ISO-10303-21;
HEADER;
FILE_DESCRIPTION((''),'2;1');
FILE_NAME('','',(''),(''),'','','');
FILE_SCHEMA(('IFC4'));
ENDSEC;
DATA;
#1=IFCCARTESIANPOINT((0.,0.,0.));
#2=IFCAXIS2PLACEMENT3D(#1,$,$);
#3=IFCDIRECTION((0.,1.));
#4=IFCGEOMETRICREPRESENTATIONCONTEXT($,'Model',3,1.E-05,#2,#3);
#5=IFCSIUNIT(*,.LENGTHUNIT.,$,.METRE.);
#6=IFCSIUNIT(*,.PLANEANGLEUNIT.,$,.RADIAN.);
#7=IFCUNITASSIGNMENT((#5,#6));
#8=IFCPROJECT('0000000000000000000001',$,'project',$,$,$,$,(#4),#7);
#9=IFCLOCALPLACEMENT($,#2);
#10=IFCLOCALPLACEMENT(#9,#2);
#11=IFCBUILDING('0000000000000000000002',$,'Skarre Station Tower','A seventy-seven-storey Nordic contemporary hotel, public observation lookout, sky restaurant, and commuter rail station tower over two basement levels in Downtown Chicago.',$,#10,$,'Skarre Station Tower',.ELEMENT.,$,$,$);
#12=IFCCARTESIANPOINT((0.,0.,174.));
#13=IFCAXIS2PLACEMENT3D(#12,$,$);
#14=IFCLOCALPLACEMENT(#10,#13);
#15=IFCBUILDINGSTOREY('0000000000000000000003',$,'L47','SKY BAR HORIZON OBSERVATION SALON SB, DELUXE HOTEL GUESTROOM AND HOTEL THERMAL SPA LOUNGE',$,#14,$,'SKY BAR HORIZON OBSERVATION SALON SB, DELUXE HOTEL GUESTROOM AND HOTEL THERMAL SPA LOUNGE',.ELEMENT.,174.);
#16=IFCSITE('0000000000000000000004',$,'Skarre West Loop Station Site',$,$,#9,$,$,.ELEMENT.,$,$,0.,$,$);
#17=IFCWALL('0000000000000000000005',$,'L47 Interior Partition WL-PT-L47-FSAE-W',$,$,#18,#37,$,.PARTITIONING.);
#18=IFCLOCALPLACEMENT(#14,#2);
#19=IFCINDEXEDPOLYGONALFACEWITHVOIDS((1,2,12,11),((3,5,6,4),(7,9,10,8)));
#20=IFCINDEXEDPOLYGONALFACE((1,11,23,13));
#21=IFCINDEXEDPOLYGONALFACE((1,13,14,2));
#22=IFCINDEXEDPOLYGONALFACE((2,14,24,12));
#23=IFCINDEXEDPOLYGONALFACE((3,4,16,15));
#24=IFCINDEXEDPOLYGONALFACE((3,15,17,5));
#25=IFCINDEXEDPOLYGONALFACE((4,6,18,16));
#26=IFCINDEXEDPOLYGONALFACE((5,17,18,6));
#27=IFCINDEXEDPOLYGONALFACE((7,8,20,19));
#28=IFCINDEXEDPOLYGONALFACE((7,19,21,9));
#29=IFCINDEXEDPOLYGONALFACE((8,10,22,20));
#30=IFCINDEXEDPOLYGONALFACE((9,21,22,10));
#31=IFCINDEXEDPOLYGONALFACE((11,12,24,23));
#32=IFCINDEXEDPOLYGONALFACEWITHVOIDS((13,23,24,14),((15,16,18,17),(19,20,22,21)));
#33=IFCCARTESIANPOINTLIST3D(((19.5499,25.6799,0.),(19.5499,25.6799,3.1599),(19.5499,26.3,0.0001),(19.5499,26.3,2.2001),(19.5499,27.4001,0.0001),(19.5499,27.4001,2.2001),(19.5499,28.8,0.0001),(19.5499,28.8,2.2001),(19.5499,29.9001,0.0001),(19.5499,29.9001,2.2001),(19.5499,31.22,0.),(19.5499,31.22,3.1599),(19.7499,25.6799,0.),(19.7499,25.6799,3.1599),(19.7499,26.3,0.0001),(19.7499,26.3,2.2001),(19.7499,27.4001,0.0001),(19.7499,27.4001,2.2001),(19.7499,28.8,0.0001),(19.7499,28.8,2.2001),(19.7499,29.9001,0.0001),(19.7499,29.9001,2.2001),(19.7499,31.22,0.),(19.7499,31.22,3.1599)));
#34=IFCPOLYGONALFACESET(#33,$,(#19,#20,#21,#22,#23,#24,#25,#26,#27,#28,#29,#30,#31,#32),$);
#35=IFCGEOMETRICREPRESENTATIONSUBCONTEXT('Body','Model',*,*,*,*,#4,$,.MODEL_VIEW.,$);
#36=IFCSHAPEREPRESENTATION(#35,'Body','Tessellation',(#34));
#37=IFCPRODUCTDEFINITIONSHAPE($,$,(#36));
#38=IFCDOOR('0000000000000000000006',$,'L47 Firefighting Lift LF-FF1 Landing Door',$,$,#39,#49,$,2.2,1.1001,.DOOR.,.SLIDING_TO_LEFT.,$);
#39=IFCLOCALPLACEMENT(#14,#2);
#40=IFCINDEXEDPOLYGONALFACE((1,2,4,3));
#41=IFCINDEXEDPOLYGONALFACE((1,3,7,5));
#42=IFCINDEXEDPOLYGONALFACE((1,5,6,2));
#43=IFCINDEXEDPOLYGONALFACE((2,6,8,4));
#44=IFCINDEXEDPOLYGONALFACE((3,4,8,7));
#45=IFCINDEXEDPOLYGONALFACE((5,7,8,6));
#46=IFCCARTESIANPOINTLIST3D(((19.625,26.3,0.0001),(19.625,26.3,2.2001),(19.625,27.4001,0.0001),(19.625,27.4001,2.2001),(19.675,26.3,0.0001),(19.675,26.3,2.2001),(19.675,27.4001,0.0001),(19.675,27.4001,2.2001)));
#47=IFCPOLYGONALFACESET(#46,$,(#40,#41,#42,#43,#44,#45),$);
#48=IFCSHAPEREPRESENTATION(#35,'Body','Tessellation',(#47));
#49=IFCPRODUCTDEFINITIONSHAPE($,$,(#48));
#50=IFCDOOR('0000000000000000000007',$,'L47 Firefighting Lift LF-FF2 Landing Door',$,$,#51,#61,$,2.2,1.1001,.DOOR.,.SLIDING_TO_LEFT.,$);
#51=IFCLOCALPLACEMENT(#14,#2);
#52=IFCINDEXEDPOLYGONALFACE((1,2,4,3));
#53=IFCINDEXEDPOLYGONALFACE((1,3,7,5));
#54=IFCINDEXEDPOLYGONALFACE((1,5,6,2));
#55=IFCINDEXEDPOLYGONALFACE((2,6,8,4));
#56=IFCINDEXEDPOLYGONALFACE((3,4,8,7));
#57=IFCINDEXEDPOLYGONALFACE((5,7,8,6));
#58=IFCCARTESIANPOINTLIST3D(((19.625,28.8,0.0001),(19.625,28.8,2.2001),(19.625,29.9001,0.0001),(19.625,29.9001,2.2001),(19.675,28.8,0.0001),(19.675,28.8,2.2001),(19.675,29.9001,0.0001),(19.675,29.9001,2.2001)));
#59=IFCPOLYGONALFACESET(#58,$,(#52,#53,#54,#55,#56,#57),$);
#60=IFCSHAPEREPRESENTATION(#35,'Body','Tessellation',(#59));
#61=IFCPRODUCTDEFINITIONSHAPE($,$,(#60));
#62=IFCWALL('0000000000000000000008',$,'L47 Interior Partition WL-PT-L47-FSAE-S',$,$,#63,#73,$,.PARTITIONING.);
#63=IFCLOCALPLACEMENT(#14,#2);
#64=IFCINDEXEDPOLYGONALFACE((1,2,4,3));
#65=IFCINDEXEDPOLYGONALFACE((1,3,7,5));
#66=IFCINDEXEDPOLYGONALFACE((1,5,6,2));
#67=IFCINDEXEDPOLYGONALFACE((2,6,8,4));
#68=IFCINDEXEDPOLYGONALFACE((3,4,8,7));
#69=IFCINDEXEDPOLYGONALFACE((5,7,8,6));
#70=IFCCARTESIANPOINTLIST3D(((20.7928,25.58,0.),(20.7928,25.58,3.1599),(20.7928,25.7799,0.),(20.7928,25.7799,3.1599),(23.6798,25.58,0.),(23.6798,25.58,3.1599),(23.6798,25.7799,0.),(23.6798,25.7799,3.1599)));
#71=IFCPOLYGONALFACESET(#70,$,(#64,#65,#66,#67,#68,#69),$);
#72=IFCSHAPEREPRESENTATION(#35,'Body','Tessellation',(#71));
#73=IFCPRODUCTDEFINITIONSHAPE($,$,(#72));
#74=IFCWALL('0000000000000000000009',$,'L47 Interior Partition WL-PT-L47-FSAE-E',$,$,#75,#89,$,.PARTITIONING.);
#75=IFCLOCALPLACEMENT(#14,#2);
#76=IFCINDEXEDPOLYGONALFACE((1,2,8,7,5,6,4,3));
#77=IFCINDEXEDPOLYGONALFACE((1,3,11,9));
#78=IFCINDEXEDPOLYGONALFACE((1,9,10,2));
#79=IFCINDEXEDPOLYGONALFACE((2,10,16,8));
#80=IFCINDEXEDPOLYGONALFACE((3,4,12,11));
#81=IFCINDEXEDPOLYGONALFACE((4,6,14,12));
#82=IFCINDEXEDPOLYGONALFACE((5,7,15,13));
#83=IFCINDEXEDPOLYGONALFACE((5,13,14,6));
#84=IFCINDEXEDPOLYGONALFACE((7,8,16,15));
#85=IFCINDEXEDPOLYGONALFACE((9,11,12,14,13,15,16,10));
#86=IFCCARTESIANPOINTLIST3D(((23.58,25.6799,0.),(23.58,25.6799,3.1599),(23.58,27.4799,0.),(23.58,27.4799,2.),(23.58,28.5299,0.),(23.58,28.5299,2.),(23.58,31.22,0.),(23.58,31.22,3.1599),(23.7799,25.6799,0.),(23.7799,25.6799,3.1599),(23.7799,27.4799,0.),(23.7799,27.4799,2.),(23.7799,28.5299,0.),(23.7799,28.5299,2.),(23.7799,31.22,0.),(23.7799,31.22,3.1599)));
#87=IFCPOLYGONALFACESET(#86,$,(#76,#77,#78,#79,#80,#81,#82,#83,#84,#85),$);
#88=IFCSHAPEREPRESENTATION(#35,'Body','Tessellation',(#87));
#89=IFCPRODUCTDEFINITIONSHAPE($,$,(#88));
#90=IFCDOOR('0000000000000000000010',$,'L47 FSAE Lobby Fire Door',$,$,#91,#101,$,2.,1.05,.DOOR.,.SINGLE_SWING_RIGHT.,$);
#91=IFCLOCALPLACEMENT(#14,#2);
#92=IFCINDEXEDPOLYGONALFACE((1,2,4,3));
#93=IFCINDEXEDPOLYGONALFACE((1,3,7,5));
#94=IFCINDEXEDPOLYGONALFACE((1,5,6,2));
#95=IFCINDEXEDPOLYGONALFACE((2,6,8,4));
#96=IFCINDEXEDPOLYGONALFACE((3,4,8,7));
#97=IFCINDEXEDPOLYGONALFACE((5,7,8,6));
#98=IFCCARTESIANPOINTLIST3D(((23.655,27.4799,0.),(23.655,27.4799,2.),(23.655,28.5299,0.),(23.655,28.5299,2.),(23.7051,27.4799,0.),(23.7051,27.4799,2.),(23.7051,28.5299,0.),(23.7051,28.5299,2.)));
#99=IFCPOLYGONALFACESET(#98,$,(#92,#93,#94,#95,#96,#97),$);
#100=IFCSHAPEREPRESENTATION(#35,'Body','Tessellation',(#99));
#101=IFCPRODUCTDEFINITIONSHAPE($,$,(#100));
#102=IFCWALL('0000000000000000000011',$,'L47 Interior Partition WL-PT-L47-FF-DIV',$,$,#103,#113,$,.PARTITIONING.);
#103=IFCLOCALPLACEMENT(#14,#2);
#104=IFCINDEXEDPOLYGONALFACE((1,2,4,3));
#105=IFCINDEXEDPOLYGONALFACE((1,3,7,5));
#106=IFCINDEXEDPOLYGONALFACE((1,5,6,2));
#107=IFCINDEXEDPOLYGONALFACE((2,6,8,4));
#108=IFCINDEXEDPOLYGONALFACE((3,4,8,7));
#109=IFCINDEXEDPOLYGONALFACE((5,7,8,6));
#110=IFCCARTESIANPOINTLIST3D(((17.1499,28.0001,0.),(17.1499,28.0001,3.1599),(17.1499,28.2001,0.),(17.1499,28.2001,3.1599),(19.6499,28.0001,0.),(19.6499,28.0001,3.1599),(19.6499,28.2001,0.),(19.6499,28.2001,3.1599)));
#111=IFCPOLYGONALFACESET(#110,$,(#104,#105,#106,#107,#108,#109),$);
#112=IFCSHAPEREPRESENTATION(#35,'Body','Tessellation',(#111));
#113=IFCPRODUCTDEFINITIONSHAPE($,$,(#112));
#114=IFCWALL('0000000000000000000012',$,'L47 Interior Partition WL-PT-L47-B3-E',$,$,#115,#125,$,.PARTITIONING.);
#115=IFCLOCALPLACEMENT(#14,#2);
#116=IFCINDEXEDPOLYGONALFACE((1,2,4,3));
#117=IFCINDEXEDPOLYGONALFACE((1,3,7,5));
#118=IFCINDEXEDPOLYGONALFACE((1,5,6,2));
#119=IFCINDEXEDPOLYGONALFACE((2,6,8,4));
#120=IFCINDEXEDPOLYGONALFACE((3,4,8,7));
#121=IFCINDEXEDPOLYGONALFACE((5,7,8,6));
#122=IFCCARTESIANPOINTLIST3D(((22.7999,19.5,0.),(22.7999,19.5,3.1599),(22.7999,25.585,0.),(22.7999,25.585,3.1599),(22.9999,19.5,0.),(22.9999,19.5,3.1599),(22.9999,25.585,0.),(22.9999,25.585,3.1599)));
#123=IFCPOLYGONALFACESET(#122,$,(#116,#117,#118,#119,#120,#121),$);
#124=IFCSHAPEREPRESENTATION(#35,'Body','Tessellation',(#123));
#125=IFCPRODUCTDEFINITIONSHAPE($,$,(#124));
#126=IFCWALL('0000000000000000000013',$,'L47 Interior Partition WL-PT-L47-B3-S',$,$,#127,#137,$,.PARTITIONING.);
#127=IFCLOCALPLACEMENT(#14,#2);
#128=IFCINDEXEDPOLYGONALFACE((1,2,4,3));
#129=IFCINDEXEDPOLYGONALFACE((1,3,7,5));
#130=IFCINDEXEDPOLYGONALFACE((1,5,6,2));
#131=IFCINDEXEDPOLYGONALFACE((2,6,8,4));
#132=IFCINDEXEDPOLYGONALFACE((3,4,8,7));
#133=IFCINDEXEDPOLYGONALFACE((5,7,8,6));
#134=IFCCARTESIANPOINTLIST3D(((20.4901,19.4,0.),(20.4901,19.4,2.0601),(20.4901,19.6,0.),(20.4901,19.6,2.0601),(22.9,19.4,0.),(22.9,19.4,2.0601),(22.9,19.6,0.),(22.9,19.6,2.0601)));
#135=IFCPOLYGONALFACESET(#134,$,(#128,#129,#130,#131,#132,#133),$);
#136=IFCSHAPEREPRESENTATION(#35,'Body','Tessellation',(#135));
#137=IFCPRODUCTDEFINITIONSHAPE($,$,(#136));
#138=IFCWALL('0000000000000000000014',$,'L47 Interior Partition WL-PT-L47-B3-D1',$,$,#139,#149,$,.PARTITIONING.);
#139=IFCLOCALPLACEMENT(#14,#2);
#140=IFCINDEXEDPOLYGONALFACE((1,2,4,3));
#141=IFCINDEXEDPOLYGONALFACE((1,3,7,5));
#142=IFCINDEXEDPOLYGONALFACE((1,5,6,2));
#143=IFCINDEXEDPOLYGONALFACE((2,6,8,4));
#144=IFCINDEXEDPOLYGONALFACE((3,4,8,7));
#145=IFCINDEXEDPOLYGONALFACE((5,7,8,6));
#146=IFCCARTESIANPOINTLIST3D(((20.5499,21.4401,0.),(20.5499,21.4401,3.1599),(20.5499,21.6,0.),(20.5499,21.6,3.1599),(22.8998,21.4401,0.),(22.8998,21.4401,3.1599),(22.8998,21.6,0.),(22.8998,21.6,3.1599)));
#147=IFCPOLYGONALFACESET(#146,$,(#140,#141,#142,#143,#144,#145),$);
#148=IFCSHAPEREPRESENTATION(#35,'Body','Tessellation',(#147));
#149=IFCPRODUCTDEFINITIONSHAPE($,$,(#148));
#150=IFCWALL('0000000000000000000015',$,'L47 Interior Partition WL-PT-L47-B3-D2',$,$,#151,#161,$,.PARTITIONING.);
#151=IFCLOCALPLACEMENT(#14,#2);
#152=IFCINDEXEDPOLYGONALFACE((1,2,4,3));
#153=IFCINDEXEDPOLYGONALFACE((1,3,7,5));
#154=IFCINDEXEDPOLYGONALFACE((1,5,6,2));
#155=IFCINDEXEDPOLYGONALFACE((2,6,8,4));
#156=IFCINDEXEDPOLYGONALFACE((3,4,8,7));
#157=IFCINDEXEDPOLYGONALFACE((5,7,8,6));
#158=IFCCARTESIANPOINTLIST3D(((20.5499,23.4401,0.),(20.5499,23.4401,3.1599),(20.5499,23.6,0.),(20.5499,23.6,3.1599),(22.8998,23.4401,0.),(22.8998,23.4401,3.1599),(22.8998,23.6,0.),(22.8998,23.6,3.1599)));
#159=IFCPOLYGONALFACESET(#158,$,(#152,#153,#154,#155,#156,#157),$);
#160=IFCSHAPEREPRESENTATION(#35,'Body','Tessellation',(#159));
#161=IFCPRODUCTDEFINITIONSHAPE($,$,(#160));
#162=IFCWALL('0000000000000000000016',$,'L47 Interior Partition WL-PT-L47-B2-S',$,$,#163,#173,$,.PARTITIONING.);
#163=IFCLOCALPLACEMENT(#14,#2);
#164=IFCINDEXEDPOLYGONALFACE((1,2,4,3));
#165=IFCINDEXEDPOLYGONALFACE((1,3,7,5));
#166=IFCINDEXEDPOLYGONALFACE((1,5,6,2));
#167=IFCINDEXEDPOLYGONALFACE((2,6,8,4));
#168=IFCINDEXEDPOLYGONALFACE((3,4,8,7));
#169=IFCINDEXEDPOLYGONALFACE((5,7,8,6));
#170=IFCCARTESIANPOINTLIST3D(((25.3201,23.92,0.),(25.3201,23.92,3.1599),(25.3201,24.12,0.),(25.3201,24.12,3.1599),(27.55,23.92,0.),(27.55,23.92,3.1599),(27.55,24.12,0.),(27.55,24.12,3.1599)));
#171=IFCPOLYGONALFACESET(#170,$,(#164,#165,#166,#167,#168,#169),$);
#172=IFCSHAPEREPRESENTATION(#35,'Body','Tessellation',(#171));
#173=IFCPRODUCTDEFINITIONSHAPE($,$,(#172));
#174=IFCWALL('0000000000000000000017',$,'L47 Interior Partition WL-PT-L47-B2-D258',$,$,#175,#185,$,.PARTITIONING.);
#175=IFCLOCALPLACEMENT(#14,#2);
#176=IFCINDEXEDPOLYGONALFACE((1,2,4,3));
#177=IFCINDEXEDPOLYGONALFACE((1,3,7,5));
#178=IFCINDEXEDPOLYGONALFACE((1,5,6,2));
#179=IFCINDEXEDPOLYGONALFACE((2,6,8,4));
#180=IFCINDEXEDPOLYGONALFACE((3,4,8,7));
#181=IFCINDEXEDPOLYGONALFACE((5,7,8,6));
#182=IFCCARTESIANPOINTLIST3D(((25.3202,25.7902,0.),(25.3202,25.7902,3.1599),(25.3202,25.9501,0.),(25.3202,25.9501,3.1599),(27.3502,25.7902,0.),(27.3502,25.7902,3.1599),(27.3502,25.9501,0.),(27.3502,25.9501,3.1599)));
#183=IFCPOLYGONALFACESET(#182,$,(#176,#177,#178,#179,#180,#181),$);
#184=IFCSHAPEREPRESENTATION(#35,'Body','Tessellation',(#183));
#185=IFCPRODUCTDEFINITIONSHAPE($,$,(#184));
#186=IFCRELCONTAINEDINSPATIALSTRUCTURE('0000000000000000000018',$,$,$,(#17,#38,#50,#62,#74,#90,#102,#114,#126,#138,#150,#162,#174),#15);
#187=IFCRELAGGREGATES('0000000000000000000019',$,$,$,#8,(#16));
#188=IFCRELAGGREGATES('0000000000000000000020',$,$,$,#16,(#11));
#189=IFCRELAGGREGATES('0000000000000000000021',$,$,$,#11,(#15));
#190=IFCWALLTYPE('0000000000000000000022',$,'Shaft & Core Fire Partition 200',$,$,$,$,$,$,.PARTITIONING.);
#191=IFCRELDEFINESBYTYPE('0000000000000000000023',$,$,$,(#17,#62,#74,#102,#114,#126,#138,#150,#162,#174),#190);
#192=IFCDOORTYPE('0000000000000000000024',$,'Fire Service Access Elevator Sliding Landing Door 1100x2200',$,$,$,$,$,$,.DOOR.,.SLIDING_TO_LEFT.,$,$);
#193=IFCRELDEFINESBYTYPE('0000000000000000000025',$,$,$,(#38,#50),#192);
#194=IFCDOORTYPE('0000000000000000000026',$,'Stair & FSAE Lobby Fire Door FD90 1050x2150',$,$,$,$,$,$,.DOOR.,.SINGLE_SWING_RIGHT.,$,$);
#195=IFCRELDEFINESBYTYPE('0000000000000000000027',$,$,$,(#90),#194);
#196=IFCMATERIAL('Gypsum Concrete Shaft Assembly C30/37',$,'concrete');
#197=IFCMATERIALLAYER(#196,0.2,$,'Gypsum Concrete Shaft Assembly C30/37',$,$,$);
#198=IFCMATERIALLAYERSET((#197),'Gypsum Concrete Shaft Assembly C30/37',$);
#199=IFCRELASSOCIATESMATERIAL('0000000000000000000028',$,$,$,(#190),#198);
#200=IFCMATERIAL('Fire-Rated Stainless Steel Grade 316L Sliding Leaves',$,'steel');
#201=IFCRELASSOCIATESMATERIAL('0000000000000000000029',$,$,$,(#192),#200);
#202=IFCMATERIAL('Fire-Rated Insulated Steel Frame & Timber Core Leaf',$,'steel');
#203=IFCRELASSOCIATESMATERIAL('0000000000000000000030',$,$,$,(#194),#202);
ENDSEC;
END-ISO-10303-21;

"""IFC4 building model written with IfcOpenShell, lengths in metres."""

from ifc_helpers import new_model, si_unit, direction, frame, frame_2d, origin, place, context, subcontext, project, spatial, rectangle, extrude, material, layer, layer_set, type_object, element, fill, save


model = new_model("IFC4")

# Units and contexts
model_context = context("Model", 3, precision=1e-05, world=origin(), true_north=direction((0.0, 1.0)))
body_context = subcontext(model_context, "Body", "Model", "MODEL_VIEW")
ifc_project = project(units=[si_unit("LENGTHUNIT", "METRE"), si_unit("PLANEANGLEUNIT", "RADIAN")], contexts=[model_context])

# Site, building, storey
site_placement = place(None, origin())
site = spatial("IfcSite", under=ifc_project, at=site_placement, Name="Skarre West Loop Station Site", CompositionType="ELEMENT", RefElevation=0.0)
building_placement = place(site_placement, origin())
building = spatial("IfcBuilding", under=site, at=building_placement, Name="Skarre Station Tower", Description="A seventy-seven-storey Nordic contemporary hotel, public observation lookout, sky restaurant, and commuter rail station tower over two basement levels in Downtown Chicago.", LongName="Skarre Station Tower", CompositionType="ELEMENT")
storey_placement = place(building_placement, frame((0.0, 0.0, 174.0)))
storey = spatial("IfcBuildingStorey", under=building, at=storey_placement, Name="L47", Description="SKY BAR HORIZON OBSERVATION SALON SB, DELUXE HOTEL GUESTROOM AND HOTEL THERMAL SPA LOUNGE", LongName="SKY BAR HORIZON OBSERVATION SALON SB, DELUXE HOTEL GUESTROOM AND HOTEL THERMAL SPA LOUNGE", CompositionType="ELEMENT", Elevation=174.0)

# Wall, openings, doors
ifc_material_1 = material(Name="Gypsum Concrete Shaft Assembly C30/37", Category="concrete")
ifc_layer_1 = layer(ifc_material_1, 0.2, Name="Gypsum Concrete Shaft Assembly C30/37")
ifc_layer_set_1 = layer_set([ifc_layer_1], Name="Gypsum Concrete Shaft Assembly C30/37")
wall_type_1 = type_object("IfcWallType", Name="Shaft & Core Fire Partition 200", PredefinedType="PARTITIONING", material=ifc_layer_set_1)
wall_1_placement = place(storey_placement, frame((19.6499, 25.6799, 0.0), z_axis=(0.0, 0.0, 1.0), x_axis=(0.0, 1.0, 0.0)))
wall_1 = element("IfcWall", 1, at=wall_1_placement, inside=storey, type_object=wall_type_1, Name="L47 Interior Partition WL-PT-L47-FSAE-W", PredefinedType="PARTITIONING", context=body_context, shape_type="SweptSolid", body=[
    extrude(rectangle(XDim=5.54, YDim=0.2, at=frame_2d((2.77, 0.0))), origin(), (0.0, 0.0, 1.0), 3.1599),
])
opening_1_placement = place(wall_1_placement, frame((0.6201, 0.0, 0.0)))
opening_1 = element("IfcOpeningElement", 2, at=opening_1_placement, cuts=wall_1, PredefinedType="OPENING", context=body_context, shape_type="SweptSolid", body=[
    extrude(rectangle(XDim=1.1001, YDim=2.2, at=frame_2d((0.55, 1.1001))), frame((0.0, 0.1099, 0.0), z_axis=(0.0, -1.0, 0.0), x_axis=(1.0, 0.0, 0.0)), (0.0, 0.0, 1.0), 0.22),
])
opening_2_placement = place(wall_1_placement, frame((3.1201, 0.0, 0.0)))
opening_2 = element("IfcOpeningElement", 3, at=opening_2_placement, cuts=wall_1, PredefinedType="OPENING", context=body_context, shape_type="SweptSolid", body=[
    extrude(rectangle(XDim=1.1001, YDim=2.2, at=frame_2d((0.55, 1.1001))), frame((0.0, 0.1099, 0.0), z_axis=(0.0, -1.0, 0.0), x_axis=(1.0, 0.0, 0.0)), (0.0, 0.0, 1.0), 0.22),
])
ifc_material_2 = material(Name="Fire-Rated Stainless Steel Grade 316L Sliding Leaves", Category="steel")
door_type_1 = type_object("IfcDoorType", Name="Fire Service Access Elevator Sliding Landing Door 1100x2200", OperationType="SLIDING_TO_LEFT", PredefinedType="DOOR", material=ifc_material_2)
door_1_placement = place(opening_1_placement, origin())
door_1 = element("IfcDoor", 4, at=door_1_placement, inside=storey, type_object=door_type_1, Name="L47 Firefighting Lift LF-FF1 Landing Door", OperationType="SLIDING_TO_LEFT", OverallHeight=2.2, OverallWidth=1.1001, PredefinedType="DOOR", context=body_context, shape_type="SweptSolid", body=[
    extrude(rectangle(XDim=1.1001, YDim=2.2, at=frame_2d((0.55, 1.1001))), frame((0.0, 0.0249, 0.0), z_axis=(0.0, -1.0, 0.0), x_axis=(1.0, 0.0, 0.0)), (0.0, 0.0, 1.0), 0.05),
])
fill(opening_1, door_1)
door_2_placement = place(opening_2_placement, origin())
door_2 = element("IfcDoor", 5, at=door_2_placement, inside=storey, type_object=door_type_1, Name="L47 Firefighting Lift LF-FF2 Landing Door", OperationType="SLIDING_TO_LEFT", OverallHeight=2.2, OverallWidth=1.1001, PredefinedType="DOOR", context=body_context, shape_type="SweptSolid", body=[
    extrude(rectangle(XDim=1.1001, YDim=2.2, at=frame_2d((0.55, 1.1001))), frame((0.0, 0.0249, 0.0), z_axis=(0.0, -1.0, 0.0), x_axis=(1.0, 0.0, 0.0)), (0.0, 0.0, 1.0), 0.05),
])
fill(opening_2, door_2)

# Wall
wall_2_placement = place(storey_placement, frame((20.793, 25.6799, 0.0), z_axis=(0.0, 0.0, 1.0), x_axis=(1.0, 0.0, 0.0)))
element("IfcWall", 6, at=wall_2_placement, inside=storey, type_object=wall_type_1, Name="L47 Interior Partition WL-PT-L47-FSAE-S", PredefinedType="PARTITIONING", context=body_context, shape_type="SweptSolid", body=[
    extrude(rectangle(XDim=2.887, YDim=0.2, at=frame_2d((1.4434, 0.0))), origin(), (0.0, 0.0, 1.0), 3.1599),
])

# Wall, opening, door
wall_3_placement = place(storey_placement, frame((23.6799, 25.6799, 0.0), z_axis=(0.0, 0.0, 1.0), x_axis=(0.0, 1.0, 0.0)))
wall_3 = element("IfcWall", 7, at=wall_3_placement, inside=storey, type_object=wall_type_1, Name="L47 Interior Partition WL-PT-L47-FSAE-E", PredefinedType="PARTITIONING", context=body_context, shape_type="SweptSolid", body=[
    extrude(rectangle(XDim=5.54, YDim=0.2, at=frame_2d((2.77, 0.0))), origin(), (0.0, 0.0, 1.0), 3.1599),
])
opening_3_placement = place(wall_3_placement, frame((1.8, 0.0, 0.0)))
opening_3 = element("IfcOpeningElement", 8, at=opening_3_placement, cuts=wall_3, PredefinedType="OPENING", context=body_context, shape_type="SweptSolid", body=[
    extrude(rectangle(XDim=1.05, YDim=2.0, at=frame_2d((0.5249, 1.0))), frame((0.0, 0.1099, 0.0), z_axis=(0.0, -1.0, 0.0), x_axis=(1.0, 0.0, 0.0)), (0.0, 0.0, 1.0), 0.22),
])
ifc_material_3 = material(Name="Fire-Rated Insulated Steel Frame & Timber Core Leaf", Category="steel")
door_type_2 = type_object("IfcDoorType", Name="Stair & FSAE Lobby Fire Door FD90 1050x2150", OperationType="SINGLE_SWING_RIGHT", PredefinedType="DOOR", material=ifc_material_3)
door_3_placement = place(opening_3_placement, origin())
door_3 = element("IfcDoor", 9, at=door_3_placement, inside=storey, type_object=door_type_2, Name="L47 FSAE Lobby Fire Door", OperationType="SINGLE_SWING_RIGHT", OverallHeight=2.0, OverallWidth=1.05, PredefinedType="DOOR", context=body_context, shape_type="SweptSolid", body=[
    extrude(rectangle(XDim=1.05, YDim=2.0, at=frame_2d((0.5249, 1.0))), frame((0.0, 0.0249, 0.0), z_axis=(0.0, -1.0, 0.0), x_axis=(1.0, 0.0, 0.0)), (0.0, 0.0, 1.0), 0.05),
])
fill(opening_3, door_3)

# Walls
wall_4_placement = place(storey_placement, frame((17.1499, 28.1001, 0.0), z_axis=(0.0, 0.0, 1.0), x_axis=(1.0, 0.0, 0.0)))
element("IfcWall", 10, at=wall_4_placement, inside=storey, type_object=wall_type_1, Name="L47 Interior Partition WL-PT-L47-FF-DIV", PredefinedType="PARTITIONING", context=body_context, shape_type="SweptSolid", body=[
    extrude(rectangle(XDim=2.5, YDim=0.2, at=frame_2d((1.25, 0.0))), origin(), (0.0, 0.0, 1.0), 3.1599),
])
wall_5_placement = place(storey_placement, frame((22.8999, 19.5, 0.0), z_axis=(0.0, 0.0, 1.0), x_axis=(0.0, 1.0, 0.0)))
element("IfcWall", 11, at=wall_5_placement, inside=storey, type_object=wall_type_1, Name="L47 Interior Partition WL-PT-L47-B3-E", PredefinedType="PARTITIONING", context=body_context, shape_type="SweptSolid", body=[
    extrude(rectangle(XDim=6.085, YDim=0.2, at=frame_2d((3.0425, 0.0))), origin(), (0.0, 0.0, 1.0), 3.1599),
])
wall_6_placement = place(storey_placement, frame((20.49, 19.5, 0.0), z_axis=(0.0, 0.0, 1.0), x_axis=(1.0, 0.0, 0.0)))
element("IfcWall", 12, at=wall_6_placement, inside=storey, type_object=wall_type_1, Name="L47 Interior Partition WL-PT-L47-B3-S", PredefinedType="PARTITIONING", context=body_context, shape_type="SweptSolid", body=[
    extrude(rectangle(XDim=2.4099, YDim=0.2, at=frame_2d((1.2051, 0.0))), origin(), (0.0, 0.0, 1.0), 2.0601),
])
for number, where, z_axis, x_axis, name in (
    (13, (20.55, 21.52, 0.0), (0.0, 0.0, 1.0), (1.0, 0.0, 0.0), "L47 Interior Partition WL-PT-L47-B3-D1"),
    (14, (20.55, 23.52, 0.0), (0.0, 0.0, 1.0), (1.0, 0.0, 0.0), "L47 Interior Partition WL-PT-L47-B3-D2"),
):
    element("IfcWall", number, at=place(storey_placement, frame(where, z_axis=z_axis, x_axis=x_axis)), inside=storey, type_object=wall_type_1, Name=name, PredefinedType="PARTITIONING", context=body_context, shape_type="SweptSolid", body=[
        extrude(rectangle(XDim=2.3499, YDim=0.1599, at=frame_2d((1.1748, 0.0))), origin(), (0.0, 0.0, 1.0), 3.1599),
    ])
wall_7_placement = place(storey_placement, frame((25.3201, 24.02, 0.0), z_axis=(0.0, 0.0, 1.0), x_axis=(1.0, 0.0, 0.0)))
element("IfcWall", 15, at=wall_7_placement, inside=storey, type_object=wall_type_1, Name="L47 Interior Partition WL-PT-L47-B2-S", PredefinedType="PARTITIONING", context=body_context, shape_type="SweptSolid", body=[
    extrude(rectangle(XDim=2.23, YDim=0.2, at=frame_2d((1.115, 0.0))), origin(), (0.0, 0.0, 1.0), 3.1599),
])
for number, where, z_axis, x_axis, name in (
    (16, (25.3201, 25.8701, 0.0), (0.0, 0.0, 1.0), (1.0, 0.0, 0.0), "L47 Interior Partition WL-PT-L47-B2-D258"),
):
    element("IfcWall", number, at=place(storey_placement, frame(where, z_axis=z_axis, x_axis=x_axis)), inside=storey, type_object=wall_type_1, Name=name, PredefinedType="PARTITIONING", context=body_context, shape_type="SweptSolid", body=[
        extrude(rectangle(XDim=2.03, YDim=0.1599, at=frame_2d((1.0151, 0.0))), origin(), (0.0, 0.0, 1.0), 3.1599),
    ])

save(model, "model.ifc")
